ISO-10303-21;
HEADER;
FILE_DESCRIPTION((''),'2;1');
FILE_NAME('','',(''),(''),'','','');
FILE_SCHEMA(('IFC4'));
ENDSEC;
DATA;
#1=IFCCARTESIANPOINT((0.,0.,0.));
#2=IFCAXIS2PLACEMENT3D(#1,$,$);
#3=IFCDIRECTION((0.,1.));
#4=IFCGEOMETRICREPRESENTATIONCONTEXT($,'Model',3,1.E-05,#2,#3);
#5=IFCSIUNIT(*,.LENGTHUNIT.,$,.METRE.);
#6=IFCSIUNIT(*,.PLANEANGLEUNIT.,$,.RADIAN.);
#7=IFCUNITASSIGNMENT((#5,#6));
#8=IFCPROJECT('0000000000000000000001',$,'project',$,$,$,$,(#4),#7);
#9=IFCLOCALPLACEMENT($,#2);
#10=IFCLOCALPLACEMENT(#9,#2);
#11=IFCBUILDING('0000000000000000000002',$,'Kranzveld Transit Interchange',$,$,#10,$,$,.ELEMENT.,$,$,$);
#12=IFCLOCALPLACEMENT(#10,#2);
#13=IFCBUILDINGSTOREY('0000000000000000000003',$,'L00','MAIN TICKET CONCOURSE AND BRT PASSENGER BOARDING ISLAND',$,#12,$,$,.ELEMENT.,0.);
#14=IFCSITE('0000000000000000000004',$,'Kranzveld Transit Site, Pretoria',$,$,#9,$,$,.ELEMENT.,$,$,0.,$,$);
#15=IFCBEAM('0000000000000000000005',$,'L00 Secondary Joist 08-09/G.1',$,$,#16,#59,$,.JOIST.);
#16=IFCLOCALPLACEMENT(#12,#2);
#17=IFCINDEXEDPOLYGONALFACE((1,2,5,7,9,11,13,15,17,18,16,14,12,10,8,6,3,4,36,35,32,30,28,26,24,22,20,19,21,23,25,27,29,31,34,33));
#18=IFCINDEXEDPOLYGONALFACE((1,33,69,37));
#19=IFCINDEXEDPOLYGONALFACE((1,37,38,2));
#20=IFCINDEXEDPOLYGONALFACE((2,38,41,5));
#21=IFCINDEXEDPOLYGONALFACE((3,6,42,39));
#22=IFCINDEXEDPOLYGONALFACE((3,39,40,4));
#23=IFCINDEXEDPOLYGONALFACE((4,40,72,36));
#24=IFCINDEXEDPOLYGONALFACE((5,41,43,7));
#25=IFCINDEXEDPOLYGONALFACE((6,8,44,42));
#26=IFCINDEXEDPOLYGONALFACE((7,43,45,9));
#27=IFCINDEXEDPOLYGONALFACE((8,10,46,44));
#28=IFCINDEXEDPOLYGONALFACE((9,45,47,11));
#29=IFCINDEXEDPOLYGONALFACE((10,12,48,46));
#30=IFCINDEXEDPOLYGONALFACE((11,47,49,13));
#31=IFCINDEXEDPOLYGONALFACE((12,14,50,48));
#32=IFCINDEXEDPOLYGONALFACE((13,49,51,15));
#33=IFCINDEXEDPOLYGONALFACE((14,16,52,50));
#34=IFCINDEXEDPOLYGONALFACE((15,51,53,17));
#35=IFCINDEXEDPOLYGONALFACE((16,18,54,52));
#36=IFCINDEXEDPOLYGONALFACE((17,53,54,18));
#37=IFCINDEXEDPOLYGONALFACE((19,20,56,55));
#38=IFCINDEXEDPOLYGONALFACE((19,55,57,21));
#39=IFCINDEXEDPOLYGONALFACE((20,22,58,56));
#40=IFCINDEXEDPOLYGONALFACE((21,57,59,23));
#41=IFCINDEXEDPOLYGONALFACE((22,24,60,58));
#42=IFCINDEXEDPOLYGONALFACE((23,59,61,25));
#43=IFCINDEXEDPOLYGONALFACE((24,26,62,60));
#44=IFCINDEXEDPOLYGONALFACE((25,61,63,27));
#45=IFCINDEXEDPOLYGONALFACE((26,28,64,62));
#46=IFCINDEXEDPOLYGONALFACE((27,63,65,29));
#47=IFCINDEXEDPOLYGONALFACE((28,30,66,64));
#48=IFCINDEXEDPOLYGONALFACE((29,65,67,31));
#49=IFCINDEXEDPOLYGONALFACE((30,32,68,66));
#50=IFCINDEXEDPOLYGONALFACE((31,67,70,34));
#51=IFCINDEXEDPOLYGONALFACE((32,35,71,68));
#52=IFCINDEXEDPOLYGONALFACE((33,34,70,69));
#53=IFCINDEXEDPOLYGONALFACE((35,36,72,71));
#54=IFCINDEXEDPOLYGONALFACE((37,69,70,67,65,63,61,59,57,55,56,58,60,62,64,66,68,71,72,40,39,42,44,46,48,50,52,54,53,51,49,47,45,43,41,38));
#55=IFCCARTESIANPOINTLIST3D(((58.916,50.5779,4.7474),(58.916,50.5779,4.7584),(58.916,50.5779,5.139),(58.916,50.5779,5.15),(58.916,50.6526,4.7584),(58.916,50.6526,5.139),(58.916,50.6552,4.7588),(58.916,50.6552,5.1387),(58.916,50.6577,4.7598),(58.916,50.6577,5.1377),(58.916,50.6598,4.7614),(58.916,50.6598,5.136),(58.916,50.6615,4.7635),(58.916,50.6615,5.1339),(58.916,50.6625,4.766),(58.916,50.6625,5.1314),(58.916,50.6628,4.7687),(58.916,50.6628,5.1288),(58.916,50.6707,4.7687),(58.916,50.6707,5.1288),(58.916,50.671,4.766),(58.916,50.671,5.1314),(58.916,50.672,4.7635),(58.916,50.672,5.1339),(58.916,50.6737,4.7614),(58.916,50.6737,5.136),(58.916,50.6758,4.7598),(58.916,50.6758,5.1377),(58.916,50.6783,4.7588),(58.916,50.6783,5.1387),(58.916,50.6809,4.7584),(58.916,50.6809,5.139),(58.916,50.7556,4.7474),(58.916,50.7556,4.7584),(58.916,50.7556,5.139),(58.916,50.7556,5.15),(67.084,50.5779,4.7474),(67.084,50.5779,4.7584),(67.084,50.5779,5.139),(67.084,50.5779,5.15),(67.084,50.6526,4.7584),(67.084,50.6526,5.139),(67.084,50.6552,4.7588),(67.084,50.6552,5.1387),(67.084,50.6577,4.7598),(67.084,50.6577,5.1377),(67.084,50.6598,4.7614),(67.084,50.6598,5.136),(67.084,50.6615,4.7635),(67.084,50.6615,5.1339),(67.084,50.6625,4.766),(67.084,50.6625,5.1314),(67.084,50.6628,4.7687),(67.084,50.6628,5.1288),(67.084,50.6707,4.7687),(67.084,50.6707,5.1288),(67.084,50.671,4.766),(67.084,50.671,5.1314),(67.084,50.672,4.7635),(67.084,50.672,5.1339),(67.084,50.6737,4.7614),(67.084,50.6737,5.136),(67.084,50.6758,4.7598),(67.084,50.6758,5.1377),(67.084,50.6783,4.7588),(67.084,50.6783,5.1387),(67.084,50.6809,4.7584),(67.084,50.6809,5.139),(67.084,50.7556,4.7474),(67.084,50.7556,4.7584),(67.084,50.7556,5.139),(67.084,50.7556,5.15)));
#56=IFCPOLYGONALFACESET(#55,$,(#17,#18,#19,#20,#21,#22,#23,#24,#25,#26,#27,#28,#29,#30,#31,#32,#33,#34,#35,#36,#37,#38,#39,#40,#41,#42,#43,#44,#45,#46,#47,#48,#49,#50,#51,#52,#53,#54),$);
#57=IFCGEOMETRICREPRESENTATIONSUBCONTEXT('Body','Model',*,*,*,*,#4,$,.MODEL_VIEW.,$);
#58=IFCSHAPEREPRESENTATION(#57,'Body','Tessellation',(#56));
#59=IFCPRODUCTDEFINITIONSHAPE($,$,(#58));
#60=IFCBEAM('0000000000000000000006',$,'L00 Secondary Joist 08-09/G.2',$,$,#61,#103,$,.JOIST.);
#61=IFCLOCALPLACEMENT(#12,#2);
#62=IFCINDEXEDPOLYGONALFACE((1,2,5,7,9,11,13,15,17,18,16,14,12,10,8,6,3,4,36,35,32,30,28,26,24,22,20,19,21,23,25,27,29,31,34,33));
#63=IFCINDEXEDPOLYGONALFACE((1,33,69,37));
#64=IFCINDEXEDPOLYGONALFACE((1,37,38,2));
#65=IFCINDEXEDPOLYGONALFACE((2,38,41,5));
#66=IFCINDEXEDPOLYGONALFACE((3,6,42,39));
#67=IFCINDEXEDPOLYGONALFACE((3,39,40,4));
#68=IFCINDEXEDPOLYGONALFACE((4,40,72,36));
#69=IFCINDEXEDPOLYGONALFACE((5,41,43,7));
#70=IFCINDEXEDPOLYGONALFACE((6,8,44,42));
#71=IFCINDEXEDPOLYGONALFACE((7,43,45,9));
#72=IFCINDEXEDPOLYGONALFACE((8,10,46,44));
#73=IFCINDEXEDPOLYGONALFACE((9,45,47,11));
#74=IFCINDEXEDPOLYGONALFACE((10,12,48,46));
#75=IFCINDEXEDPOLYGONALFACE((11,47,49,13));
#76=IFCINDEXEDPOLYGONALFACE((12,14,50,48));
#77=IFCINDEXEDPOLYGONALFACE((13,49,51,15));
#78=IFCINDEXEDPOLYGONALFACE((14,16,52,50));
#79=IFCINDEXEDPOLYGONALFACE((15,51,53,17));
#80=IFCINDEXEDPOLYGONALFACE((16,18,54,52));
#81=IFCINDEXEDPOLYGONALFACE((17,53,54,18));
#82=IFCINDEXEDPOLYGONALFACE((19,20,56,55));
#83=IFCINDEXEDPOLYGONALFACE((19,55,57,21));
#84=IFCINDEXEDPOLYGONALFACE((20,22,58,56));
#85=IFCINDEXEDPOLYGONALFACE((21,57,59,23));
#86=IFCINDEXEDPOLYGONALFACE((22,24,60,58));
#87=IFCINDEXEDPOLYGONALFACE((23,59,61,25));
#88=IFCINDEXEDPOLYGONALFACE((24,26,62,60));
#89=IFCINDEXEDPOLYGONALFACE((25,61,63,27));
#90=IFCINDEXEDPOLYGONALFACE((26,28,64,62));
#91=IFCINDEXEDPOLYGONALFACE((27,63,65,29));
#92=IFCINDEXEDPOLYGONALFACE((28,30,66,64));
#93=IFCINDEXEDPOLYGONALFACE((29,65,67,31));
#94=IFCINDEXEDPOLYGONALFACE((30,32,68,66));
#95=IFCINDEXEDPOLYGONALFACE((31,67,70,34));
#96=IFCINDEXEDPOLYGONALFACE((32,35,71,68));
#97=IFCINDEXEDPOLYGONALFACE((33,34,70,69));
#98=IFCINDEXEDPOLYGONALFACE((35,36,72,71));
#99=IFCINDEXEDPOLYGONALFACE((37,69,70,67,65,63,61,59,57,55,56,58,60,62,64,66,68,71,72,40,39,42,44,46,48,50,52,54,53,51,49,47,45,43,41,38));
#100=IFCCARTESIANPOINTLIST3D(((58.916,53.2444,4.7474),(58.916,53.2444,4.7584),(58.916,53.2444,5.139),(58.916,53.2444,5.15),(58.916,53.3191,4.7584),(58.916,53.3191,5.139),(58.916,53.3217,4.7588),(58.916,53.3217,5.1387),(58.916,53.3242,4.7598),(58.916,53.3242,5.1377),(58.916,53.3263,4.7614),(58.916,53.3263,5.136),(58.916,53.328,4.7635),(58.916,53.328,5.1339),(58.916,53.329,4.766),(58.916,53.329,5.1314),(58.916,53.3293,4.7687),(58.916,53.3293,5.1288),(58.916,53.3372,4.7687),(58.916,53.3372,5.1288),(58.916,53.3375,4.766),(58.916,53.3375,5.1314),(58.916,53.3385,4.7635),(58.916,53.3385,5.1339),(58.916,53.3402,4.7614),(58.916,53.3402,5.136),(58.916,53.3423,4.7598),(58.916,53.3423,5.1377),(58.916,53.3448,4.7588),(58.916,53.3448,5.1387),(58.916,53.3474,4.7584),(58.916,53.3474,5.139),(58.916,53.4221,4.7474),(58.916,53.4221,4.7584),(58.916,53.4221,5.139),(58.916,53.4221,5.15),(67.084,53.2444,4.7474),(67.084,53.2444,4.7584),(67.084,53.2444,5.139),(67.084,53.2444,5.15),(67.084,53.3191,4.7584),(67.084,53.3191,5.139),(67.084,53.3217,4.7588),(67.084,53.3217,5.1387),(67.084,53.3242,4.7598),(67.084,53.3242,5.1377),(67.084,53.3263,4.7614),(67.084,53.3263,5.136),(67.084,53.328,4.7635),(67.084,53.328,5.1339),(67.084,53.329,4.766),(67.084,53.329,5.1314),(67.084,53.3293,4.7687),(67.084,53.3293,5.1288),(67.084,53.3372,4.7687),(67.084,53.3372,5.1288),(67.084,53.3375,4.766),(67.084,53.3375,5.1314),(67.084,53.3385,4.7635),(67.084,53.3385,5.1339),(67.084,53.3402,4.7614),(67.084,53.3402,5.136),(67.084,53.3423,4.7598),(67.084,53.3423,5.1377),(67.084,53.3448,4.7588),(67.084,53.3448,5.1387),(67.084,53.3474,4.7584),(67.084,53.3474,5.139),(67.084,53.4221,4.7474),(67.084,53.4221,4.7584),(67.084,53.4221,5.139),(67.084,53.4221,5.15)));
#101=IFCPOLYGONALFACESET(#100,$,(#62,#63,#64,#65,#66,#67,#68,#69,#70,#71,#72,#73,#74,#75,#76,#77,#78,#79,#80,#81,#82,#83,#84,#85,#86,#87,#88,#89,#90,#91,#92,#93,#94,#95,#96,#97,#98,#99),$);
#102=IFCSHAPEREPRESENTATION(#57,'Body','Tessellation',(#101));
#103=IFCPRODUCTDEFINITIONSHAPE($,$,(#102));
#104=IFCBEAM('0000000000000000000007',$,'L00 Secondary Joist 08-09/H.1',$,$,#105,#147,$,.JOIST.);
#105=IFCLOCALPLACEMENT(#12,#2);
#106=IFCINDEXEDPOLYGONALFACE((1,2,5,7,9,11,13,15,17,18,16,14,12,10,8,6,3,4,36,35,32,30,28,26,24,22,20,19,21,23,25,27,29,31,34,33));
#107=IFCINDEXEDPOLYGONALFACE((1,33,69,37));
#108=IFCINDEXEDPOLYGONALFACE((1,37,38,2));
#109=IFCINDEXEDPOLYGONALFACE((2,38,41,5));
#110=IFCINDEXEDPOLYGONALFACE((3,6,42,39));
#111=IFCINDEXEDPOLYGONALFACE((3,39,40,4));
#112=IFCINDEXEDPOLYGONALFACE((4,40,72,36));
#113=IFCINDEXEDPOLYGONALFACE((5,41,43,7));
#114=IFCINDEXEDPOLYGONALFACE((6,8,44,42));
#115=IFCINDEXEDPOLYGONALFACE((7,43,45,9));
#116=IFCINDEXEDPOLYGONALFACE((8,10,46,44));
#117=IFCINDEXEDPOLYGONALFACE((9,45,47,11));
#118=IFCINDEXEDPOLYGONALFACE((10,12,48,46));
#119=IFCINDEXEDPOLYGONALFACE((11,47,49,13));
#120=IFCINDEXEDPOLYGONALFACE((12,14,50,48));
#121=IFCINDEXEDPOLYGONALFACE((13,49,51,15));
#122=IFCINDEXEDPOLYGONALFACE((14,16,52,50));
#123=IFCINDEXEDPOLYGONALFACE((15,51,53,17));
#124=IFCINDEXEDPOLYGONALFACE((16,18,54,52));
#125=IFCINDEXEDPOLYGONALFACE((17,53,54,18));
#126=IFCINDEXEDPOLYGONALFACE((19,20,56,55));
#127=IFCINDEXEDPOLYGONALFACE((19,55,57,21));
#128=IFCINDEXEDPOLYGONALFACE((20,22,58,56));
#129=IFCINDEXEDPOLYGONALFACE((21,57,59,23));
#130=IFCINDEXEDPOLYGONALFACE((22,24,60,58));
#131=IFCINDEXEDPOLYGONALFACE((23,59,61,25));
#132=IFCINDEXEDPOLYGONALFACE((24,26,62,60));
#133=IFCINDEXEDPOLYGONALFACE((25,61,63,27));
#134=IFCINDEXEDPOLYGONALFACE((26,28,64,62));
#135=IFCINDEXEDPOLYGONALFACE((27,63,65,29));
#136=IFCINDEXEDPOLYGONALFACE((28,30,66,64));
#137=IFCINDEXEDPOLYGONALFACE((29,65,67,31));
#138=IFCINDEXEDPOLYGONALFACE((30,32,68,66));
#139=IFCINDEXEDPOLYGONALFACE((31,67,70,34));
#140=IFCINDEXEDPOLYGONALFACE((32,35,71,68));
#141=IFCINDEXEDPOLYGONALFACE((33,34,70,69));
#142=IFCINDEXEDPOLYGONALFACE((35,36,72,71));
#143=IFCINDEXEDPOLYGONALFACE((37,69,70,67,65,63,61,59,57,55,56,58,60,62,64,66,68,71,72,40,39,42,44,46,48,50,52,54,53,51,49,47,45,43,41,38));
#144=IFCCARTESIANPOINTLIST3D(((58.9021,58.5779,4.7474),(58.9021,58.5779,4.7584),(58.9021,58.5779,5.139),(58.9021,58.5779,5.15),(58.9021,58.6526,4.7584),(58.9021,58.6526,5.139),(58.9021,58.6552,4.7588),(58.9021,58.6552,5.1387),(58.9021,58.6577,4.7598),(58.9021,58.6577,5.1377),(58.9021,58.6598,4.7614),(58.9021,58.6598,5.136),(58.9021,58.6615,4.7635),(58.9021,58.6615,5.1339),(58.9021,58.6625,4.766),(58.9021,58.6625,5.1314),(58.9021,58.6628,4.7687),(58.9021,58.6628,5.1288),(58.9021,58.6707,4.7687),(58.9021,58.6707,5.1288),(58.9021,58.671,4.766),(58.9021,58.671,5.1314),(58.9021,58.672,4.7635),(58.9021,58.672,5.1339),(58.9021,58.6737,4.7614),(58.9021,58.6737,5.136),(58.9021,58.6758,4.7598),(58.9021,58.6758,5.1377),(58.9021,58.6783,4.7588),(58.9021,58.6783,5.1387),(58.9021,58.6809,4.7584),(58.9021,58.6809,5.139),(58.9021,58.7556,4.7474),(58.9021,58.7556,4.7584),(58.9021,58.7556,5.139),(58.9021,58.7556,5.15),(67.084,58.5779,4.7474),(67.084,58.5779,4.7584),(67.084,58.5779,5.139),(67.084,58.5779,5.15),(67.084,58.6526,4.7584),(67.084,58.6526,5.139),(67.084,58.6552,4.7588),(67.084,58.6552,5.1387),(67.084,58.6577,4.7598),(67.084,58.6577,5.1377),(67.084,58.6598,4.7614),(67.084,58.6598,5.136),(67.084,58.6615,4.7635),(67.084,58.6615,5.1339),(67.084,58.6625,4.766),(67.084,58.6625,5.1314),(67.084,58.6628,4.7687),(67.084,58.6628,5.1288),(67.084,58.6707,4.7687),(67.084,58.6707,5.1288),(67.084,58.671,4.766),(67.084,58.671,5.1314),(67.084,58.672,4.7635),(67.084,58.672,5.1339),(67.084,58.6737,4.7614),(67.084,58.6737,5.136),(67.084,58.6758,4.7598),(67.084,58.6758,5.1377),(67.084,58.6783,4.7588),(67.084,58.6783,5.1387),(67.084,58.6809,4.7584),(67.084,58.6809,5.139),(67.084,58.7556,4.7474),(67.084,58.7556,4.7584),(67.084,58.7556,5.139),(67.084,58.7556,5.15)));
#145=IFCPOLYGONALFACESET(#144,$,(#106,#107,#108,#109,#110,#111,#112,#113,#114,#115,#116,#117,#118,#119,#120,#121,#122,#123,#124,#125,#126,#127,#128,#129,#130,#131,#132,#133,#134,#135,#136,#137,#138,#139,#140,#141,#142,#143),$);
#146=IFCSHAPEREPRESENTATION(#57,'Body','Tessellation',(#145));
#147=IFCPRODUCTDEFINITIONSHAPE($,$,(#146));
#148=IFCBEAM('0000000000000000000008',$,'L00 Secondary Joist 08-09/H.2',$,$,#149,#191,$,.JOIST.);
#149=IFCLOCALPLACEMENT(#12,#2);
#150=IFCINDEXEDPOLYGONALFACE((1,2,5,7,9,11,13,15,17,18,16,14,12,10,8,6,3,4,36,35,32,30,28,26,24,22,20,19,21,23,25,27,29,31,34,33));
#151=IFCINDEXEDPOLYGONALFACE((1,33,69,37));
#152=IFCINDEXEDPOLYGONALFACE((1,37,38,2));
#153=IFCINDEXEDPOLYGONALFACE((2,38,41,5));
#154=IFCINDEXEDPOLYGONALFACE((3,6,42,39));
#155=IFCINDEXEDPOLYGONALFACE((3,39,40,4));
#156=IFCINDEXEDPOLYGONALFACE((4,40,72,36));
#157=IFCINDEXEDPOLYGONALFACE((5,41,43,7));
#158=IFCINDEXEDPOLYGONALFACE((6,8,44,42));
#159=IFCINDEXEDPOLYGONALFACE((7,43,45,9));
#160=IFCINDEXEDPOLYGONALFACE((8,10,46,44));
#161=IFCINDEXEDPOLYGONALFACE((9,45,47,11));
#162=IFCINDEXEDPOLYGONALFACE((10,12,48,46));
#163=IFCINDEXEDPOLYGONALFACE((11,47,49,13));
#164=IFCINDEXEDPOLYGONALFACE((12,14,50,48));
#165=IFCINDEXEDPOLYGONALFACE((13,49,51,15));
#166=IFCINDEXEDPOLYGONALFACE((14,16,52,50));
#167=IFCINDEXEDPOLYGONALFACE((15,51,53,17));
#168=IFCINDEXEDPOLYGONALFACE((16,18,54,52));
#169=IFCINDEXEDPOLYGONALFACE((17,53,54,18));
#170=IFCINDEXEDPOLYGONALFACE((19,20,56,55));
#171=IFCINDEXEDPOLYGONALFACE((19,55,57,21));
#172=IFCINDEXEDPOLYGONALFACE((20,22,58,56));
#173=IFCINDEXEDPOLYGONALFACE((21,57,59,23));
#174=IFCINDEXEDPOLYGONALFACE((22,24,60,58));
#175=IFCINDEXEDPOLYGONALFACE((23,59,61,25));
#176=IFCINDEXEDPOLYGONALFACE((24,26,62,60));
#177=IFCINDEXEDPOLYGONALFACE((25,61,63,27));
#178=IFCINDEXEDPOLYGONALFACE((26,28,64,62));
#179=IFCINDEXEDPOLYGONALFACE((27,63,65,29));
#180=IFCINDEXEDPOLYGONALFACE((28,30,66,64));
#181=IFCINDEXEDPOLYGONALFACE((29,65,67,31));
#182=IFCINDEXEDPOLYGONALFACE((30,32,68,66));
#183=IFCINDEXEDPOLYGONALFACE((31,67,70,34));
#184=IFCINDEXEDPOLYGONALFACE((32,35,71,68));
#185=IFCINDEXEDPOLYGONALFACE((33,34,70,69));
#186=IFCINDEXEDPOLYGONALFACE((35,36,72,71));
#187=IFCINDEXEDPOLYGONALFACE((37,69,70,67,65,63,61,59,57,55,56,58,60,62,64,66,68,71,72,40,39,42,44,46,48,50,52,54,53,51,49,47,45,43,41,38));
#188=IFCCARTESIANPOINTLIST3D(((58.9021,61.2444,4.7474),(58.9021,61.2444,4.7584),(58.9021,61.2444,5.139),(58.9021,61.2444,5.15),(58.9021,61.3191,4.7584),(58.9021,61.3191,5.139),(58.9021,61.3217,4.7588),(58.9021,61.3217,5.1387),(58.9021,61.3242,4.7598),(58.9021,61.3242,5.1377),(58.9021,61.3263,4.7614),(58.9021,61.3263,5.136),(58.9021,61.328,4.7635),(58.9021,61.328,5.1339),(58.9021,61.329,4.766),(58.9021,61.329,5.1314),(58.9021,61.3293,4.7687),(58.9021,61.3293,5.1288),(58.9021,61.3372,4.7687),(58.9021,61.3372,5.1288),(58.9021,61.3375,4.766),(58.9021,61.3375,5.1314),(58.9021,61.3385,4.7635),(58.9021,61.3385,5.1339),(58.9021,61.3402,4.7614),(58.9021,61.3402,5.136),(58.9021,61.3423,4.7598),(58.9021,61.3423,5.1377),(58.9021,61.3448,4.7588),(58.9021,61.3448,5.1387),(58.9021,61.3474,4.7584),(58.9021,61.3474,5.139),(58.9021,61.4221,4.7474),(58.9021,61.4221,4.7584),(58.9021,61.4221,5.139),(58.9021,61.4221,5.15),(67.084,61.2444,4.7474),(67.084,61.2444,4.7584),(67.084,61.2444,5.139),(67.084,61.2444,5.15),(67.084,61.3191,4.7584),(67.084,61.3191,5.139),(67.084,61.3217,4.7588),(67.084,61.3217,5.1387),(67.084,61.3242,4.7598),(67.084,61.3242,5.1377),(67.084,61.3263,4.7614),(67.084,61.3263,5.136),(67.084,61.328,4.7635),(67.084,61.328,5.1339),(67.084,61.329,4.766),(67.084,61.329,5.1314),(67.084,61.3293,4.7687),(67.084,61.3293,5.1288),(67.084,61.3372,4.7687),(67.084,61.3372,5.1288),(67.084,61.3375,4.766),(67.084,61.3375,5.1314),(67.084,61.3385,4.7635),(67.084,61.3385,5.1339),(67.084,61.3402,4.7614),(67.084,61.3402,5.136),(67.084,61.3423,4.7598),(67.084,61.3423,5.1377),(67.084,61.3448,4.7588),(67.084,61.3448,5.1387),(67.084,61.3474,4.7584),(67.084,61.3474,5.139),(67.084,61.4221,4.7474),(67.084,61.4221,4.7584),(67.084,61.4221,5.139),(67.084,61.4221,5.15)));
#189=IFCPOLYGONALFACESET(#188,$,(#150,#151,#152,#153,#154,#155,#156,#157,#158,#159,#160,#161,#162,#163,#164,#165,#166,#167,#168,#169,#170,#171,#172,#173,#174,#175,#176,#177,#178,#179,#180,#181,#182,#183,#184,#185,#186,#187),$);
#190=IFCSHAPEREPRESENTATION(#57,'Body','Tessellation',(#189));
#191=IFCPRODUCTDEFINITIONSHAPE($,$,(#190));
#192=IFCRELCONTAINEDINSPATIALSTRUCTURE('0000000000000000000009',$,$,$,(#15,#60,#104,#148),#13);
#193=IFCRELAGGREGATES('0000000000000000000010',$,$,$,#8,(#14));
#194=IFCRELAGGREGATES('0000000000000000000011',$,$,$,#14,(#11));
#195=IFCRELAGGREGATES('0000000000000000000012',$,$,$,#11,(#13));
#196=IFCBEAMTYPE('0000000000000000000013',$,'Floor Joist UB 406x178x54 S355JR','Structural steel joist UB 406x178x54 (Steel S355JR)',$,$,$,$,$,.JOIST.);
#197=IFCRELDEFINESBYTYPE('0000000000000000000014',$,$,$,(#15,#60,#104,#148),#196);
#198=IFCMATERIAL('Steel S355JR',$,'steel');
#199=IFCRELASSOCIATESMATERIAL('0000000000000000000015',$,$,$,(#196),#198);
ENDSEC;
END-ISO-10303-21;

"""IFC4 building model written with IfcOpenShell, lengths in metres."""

from ifc_helpers import new_model, si_unit, direction, frame, origin, origin_2d, place, context, subcontext, project, spatial, i_section, extrude, material, material_profile, profile_set, type_object, element, save


model = new_model("IFC4")

# Units and contexts
model_context = context("Model", 3, precision=1e-05, world=origin(), true_north=direction((0.0, 1.0)))
body_context = subcontext(model_context, "Body", "Model", "MODEL_VIEW")
ifc_project = project(units=[si_unit("LENGTHUNIT", "METRE"), si_unit("PLANEANGLEUNIT", "RADIAN")], contexts=[model_context])

# Site, building, storey
site_placement = place(None, origin())
site = spatial("IfcSite", under=ifc_project, at=site_placement, Name="Kranzveld Transit Site, Pretoria", CompositionType="ELEMENT", RefElevation=0.0)
building_placement = place(site_placement, origin())
building = spatial("IfcBuilding", under=site, at=building_placement, Name="Kranzveld Transit Interchange", CompositionType="ELEMENT")
storey_placement = place(building_placement, origin())
storey = spatial("IfcBuildingStorey", under=building, at=storey_placement, Name="L00", Description="MAIN TICKET CONCOURSE AND BRT PASSENGER BOARDING ISLAND", CompositionType="ELEMENT", Elevation=0.0)

# Beams
ifc_material_1 = material(Name="Steel S355JR", Category="steel")
ifc_material_profile_1 = material_profile(ifc_material_1, i_section(OverallWidth=0.1777, OverallDepth=0.4026, WebThickness=0.0078, FlangeThickness=0.011, FilletRadius=0.0103, at=origin_2d()), Name="UB 406x178x54")
ifc_profile_set_1 = profile_set([ifc_material_profile_1], Name="Steel S355JR")
beam_type_1 = type_object("IfcBeamType", Name="Floor Joist UB 406x178x54 S355JR", Description="Structural steel joist UB 406x178x54 (Steel S355JR)", PredefinedType="JOIST", material=ifc_profile_set_1)
for number, where, z_axis, x_axis, name in (
    (1, (58.916, 50.6667, 4.9487), (1.0, 0.0, 0.0), (0.0, 1.0, 0.0), "L00 Secondary Joist 08-09/G.1"),
    (2, (58.916, 53.3333, 4.9487), (1.0, 0.0, 0.0), (0.0, 1.0, 0.0), "L00 Secondary Joist 08-09/G.2"),
):
    element("IfcBeam", number, at=place(storey_placement, frame(where, z_axis=z_axis, x_axis=x_axis)), inside=storey, type_object=beam_type_1, Name=name, PredefinedType="JOIST", context=body_context, shape_type="SweptSolid", body=[
        extrude(i_section(OverallWidth=0.1777, OverallDepth=0.4026, WebThickness=0.0078, FlangeThickness=0.011, FilletRadius=0.0103, at=origin_2d()), origin(), (0.0, 0.0, 1.0), 8.168),
    ])
for number, where, z_axis, x_axis, name in (
    (3, (58.9021, 58.6667, 4.9487), (1.0, 0.0, 0.0), (0.0, 1.0, 0.0), "L00 Secondary Joist 08-09/H.1"),
    (4, (58.9021, 61.3333, 4.9487), (1.0, 0.0, 0.0), (0.0, 1.0, 0.0), "L00 Secondary Joist 08-09/H.2"),
):
    element("IfcBeam", number, at=place(storey_placement, frame(where, z_axis=z_axis, x_axis=x_axis)), inside=storey, type_object=beam_type_1, Name=name, PredefinedType="JOIST", context=body_context, shape_type="SweptSolid", body=[
        extrude(i_section(OverallWidth=0.1777, OverallDepth=0.4026, WebThickness=0.0078, FlangeThickness=0.011, FilletRadius=0.0103, at=origin_2d()), origin(), (0.0, 0.0, 1.0), 8.1819),
    ])

save(model, "model.ifc")
